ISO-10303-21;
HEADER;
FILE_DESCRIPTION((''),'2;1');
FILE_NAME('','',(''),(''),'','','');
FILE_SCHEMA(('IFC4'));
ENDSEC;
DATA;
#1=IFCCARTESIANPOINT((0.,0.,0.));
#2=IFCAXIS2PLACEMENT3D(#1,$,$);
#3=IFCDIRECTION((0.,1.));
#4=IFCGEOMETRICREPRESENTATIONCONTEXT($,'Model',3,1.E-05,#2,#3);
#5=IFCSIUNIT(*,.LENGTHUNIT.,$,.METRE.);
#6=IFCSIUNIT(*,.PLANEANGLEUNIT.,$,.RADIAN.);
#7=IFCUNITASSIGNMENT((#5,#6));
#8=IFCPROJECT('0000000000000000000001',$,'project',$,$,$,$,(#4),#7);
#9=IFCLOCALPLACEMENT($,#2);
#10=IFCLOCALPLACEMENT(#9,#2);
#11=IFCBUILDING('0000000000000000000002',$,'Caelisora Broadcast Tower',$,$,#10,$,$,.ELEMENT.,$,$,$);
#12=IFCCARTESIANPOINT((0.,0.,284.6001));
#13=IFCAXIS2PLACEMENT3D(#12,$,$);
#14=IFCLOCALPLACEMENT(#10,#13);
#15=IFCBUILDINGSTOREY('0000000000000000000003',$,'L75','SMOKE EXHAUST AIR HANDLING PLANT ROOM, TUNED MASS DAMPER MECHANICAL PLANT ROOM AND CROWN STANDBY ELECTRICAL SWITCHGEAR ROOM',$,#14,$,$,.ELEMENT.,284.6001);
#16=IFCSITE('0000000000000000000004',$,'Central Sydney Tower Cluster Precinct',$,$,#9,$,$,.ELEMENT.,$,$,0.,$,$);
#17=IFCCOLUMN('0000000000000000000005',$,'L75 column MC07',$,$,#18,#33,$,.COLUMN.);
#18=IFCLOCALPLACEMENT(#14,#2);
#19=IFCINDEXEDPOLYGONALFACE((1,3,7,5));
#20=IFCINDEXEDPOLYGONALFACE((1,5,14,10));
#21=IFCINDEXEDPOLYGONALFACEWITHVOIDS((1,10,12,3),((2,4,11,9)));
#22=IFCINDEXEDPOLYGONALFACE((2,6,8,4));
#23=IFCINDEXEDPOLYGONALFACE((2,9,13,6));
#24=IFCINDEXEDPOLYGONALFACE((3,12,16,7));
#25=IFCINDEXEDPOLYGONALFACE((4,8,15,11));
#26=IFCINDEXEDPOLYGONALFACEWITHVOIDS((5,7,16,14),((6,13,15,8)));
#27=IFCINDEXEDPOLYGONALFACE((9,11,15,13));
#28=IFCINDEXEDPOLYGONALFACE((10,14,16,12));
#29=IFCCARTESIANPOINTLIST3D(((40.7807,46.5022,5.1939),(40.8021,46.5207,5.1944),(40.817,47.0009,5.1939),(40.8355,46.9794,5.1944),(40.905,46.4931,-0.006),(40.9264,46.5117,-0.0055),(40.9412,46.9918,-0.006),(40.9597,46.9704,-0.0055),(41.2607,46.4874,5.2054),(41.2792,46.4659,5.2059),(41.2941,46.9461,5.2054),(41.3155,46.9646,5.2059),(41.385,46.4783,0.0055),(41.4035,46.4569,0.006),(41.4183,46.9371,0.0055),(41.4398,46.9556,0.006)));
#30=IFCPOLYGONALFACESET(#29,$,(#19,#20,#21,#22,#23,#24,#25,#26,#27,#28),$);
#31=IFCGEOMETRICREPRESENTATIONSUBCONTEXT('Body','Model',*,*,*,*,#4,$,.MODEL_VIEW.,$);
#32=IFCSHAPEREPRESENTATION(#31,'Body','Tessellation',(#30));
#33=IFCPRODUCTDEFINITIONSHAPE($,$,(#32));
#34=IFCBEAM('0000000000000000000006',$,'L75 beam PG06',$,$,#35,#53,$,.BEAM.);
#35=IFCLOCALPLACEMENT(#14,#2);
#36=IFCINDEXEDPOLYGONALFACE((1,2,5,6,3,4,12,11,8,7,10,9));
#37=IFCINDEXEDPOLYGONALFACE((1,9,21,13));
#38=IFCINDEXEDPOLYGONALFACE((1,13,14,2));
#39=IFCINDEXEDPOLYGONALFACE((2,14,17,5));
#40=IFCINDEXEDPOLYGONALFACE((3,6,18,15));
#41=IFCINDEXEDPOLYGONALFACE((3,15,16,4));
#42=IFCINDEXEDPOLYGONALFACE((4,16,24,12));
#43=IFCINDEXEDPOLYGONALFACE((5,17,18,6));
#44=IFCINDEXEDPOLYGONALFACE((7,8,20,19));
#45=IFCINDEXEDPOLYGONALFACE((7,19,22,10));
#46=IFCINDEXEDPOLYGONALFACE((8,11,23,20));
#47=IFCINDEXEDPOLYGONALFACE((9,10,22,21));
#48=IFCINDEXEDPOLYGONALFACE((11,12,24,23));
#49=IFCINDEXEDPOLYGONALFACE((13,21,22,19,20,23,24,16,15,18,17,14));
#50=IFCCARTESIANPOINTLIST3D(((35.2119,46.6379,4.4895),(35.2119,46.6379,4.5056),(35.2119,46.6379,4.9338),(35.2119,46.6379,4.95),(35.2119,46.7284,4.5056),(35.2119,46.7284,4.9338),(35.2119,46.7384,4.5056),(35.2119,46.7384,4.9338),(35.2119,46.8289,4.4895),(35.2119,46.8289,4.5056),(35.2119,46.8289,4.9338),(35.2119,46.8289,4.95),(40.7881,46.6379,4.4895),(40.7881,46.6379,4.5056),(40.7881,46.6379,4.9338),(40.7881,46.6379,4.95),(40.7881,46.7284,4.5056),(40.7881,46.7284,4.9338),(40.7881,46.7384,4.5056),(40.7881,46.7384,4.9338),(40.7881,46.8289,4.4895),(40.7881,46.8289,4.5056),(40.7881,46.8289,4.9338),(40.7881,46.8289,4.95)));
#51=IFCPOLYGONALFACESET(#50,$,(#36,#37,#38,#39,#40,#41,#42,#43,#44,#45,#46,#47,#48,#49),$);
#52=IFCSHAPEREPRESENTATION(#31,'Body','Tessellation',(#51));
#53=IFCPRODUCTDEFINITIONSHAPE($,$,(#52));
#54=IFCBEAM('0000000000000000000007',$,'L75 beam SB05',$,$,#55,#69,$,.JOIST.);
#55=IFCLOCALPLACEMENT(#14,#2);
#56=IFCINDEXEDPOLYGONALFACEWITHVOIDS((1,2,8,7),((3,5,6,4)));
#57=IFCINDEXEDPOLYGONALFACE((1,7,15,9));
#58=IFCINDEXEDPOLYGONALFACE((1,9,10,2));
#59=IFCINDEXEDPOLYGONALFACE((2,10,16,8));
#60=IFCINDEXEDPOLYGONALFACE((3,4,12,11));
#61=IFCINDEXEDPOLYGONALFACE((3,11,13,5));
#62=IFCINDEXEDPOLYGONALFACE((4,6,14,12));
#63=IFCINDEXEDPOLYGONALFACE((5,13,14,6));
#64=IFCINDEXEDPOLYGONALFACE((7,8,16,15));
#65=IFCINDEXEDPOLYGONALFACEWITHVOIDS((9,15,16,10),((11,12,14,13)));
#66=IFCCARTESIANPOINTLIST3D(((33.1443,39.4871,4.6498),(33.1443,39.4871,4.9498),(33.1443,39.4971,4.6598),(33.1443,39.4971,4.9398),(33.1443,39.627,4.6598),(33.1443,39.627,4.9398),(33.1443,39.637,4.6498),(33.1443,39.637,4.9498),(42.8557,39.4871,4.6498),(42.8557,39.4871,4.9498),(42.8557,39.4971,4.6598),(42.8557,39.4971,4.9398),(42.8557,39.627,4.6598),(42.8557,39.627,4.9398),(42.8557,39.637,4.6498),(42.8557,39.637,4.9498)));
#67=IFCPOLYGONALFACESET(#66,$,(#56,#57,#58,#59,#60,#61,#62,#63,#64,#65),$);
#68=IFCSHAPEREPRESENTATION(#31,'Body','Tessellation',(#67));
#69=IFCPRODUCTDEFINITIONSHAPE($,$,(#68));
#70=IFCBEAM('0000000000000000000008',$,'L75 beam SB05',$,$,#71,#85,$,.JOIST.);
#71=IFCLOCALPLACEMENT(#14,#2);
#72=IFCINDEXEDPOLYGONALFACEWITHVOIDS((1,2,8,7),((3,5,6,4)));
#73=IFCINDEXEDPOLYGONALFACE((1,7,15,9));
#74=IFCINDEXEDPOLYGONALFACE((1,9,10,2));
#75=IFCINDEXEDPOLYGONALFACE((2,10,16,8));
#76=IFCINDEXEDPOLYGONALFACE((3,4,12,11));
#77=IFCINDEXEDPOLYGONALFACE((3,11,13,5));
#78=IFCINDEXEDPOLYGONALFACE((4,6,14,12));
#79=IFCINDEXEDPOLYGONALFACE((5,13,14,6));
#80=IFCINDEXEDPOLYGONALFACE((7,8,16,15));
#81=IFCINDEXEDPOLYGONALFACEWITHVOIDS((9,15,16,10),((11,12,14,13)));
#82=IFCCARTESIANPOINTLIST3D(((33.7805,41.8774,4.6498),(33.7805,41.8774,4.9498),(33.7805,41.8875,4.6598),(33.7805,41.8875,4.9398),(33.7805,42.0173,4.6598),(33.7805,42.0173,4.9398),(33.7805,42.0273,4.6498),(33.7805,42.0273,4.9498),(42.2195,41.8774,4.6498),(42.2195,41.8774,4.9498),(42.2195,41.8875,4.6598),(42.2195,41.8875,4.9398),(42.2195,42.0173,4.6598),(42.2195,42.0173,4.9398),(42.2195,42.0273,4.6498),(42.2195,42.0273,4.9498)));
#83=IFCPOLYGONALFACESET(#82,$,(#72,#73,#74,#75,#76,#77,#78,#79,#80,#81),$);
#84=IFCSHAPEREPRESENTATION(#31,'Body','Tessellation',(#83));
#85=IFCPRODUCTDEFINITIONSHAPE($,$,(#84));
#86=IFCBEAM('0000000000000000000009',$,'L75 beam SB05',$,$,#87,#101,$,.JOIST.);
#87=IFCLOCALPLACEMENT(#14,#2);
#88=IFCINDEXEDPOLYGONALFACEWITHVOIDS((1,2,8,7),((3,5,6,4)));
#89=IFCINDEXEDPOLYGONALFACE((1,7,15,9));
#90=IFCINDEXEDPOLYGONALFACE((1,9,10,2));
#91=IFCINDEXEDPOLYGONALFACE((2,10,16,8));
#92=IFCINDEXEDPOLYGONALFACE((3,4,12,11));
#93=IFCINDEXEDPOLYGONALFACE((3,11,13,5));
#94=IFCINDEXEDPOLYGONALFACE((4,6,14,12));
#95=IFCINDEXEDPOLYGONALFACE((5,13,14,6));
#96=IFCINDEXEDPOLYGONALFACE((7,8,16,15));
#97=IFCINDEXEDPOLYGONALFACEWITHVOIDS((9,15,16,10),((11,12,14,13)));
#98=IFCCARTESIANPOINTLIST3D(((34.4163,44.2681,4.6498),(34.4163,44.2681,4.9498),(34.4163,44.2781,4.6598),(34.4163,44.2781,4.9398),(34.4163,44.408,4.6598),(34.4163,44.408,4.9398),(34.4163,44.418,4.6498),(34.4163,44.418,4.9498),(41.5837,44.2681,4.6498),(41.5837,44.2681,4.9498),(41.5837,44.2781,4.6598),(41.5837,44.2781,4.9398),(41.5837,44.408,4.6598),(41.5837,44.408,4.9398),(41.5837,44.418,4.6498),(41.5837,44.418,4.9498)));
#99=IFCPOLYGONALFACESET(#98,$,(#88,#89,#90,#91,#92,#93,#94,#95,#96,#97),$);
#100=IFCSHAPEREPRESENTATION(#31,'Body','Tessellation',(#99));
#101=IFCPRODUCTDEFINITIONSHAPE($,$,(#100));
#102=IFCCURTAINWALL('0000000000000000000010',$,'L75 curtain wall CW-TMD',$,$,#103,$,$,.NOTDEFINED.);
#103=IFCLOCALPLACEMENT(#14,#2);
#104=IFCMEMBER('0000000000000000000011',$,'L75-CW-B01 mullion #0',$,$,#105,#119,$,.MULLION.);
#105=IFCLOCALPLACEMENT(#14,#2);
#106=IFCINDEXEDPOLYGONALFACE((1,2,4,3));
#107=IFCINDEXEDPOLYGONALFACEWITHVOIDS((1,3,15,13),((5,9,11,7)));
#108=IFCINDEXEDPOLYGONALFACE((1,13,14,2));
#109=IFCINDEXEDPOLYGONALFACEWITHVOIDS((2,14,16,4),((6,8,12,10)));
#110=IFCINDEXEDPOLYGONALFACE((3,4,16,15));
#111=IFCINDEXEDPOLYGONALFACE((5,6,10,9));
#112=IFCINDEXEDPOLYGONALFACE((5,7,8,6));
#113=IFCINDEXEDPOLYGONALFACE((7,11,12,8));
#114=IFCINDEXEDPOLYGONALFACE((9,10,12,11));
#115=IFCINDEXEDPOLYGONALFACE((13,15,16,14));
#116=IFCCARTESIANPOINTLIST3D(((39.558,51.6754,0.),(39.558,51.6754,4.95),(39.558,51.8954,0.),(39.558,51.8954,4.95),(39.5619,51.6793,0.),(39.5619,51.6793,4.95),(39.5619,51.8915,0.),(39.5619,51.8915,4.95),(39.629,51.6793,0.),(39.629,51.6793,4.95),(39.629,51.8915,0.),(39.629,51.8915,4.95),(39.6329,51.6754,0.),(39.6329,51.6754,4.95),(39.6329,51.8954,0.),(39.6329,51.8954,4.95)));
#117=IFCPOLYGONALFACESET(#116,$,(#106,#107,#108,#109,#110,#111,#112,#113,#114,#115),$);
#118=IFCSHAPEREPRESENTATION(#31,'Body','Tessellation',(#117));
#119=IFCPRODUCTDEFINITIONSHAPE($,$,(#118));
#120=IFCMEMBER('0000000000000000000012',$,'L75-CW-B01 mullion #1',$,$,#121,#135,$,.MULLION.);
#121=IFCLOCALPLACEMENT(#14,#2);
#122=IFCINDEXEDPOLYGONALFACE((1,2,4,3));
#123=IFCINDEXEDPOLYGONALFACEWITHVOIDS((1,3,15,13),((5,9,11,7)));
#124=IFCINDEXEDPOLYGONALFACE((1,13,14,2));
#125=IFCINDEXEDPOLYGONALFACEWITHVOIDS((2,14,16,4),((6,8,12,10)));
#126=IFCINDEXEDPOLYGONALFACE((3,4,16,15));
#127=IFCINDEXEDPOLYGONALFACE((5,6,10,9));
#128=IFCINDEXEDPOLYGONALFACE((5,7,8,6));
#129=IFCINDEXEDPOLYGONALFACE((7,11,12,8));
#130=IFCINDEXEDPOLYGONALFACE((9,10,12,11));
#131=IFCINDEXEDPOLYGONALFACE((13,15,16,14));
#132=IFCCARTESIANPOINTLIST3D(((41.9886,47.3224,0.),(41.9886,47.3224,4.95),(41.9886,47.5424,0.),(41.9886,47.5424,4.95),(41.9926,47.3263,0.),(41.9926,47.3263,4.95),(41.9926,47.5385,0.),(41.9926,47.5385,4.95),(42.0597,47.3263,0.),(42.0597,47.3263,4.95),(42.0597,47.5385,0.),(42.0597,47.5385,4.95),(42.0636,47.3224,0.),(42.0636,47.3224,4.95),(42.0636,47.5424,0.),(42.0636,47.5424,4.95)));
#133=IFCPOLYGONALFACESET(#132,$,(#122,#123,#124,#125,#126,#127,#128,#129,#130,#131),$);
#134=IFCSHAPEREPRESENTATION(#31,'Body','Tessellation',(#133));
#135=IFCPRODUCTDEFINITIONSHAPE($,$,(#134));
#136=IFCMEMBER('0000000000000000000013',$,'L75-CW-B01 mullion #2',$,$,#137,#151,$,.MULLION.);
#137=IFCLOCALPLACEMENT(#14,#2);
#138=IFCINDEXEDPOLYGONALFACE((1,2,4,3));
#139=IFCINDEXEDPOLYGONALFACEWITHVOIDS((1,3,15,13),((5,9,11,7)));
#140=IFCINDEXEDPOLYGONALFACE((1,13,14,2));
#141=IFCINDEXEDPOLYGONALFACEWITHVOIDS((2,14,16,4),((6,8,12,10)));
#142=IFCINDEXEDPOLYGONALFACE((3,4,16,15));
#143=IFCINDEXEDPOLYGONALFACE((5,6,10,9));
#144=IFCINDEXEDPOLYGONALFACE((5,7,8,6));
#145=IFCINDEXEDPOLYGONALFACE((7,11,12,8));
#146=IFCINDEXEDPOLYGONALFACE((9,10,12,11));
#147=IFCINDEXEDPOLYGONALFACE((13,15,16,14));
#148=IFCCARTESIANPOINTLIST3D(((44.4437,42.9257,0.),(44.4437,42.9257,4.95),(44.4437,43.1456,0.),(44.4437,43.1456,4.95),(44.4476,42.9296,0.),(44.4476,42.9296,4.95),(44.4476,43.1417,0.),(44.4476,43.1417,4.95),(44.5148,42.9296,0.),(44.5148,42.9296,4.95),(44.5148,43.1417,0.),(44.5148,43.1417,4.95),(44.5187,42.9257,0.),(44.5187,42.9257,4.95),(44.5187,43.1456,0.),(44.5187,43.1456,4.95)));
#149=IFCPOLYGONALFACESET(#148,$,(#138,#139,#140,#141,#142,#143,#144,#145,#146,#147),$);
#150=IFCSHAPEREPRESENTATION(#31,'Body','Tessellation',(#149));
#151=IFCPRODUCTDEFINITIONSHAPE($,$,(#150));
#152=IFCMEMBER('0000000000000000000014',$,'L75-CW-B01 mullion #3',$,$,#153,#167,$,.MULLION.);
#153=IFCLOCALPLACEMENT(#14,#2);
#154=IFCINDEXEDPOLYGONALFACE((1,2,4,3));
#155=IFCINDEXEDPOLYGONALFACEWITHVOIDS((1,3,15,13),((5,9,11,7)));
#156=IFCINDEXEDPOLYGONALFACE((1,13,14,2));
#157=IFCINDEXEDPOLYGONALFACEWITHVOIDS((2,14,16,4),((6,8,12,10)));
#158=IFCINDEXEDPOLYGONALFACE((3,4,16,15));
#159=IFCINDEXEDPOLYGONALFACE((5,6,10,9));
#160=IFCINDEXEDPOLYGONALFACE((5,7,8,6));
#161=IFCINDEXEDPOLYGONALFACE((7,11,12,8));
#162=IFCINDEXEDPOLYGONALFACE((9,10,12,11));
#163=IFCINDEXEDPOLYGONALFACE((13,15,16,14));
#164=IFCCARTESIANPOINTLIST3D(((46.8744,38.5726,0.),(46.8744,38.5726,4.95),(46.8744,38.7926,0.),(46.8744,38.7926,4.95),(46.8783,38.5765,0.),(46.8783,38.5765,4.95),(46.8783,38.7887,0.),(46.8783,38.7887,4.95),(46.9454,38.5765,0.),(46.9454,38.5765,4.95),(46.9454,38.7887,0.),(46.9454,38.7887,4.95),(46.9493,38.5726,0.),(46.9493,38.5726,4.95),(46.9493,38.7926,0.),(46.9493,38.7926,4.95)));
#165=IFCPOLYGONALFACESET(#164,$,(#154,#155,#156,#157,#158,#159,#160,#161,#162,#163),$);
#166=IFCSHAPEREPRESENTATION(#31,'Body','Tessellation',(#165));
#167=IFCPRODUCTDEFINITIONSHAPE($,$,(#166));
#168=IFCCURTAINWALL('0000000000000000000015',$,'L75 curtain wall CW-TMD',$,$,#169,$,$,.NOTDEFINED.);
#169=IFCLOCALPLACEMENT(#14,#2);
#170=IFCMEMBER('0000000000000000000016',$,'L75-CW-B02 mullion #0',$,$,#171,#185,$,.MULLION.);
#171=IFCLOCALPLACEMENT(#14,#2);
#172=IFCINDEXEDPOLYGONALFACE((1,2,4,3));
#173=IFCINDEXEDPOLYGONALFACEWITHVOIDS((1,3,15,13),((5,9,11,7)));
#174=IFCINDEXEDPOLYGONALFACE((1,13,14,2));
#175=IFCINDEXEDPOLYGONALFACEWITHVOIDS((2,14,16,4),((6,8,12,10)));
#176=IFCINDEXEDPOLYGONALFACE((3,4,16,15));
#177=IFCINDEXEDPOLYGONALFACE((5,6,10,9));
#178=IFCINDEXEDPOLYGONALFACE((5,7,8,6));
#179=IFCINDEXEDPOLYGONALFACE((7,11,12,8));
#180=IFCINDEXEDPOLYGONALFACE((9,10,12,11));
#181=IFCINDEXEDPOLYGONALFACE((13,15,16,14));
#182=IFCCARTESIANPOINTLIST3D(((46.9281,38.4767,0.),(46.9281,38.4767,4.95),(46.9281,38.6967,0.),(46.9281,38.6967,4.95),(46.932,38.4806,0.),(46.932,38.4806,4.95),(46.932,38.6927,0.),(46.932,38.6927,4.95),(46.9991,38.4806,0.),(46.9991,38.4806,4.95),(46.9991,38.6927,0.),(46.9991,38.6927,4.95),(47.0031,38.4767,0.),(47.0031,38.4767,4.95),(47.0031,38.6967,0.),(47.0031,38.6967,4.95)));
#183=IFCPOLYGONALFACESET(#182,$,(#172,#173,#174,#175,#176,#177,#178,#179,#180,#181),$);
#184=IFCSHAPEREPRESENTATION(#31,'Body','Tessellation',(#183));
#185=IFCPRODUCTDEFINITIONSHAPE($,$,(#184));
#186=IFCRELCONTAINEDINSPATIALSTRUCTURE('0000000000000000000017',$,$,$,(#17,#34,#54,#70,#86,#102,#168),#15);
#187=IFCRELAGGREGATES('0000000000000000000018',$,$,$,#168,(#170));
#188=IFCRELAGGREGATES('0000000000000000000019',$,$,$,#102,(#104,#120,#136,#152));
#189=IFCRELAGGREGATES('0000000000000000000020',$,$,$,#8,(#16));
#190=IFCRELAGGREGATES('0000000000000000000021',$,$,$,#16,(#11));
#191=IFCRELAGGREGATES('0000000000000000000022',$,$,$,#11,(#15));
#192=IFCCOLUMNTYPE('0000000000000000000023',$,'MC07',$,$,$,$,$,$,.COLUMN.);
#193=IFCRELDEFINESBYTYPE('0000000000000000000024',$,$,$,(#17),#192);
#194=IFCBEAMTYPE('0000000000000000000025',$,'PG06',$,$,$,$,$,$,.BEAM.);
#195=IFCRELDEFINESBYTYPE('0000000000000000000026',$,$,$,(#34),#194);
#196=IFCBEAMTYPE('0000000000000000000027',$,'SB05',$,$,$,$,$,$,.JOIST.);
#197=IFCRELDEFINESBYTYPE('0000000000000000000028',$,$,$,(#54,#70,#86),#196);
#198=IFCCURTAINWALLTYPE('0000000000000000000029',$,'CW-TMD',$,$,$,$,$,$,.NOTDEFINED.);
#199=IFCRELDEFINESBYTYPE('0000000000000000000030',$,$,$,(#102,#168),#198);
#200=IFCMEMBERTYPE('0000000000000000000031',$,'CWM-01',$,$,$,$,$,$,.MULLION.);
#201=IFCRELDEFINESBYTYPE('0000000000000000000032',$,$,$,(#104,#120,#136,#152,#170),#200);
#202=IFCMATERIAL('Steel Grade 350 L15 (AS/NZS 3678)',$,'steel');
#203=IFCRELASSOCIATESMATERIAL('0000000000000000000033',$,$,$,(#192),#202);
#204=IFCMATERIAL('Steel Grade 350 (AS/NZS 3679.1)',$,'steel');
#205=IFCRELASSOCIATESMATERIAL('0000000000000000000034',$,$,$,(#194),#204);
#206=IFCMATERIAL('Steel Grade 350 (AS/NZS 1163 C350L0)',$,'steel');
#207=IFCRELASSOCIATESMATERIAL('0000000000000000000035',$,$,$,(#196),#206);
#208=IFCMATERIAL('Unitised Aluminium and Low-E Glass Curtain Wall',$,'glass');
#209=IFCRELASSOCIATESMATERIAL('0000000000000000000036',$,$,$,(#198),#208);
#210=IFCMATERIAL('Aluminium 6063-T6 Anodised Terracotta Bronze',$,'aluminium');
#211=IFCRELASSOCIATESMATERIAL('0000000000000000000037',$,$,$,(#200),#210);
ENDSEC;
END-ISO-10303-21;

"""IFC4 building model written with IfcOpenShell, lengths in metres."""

from ifc_helpers import new_model, si_unit, direction, frame, origin, origin_2d, place, context, subcontext, project, spatial, hollow_rectangle, i_section, extrude, source, transform, mapped, material, material_profile, profile_set, type_object, type_shapes, element, aggregate, save


model = new_model("IFC4")

# Units and contexts
model_context = context("Model", 3, precision=1e-05, world=origin(), true_north=direction((0.0, 1.0)))
body_context = subcontext(model_context, "Body", "Model", "MODEL_VIEW")
ifc_project = project(units=[si_unit("LENGTHUNIT", "METRE"), si_unit("PLANEANGLEUNIT", "RADIAN")], contexts=[model_context])

# Site, building, storey
site_placement = place(None, origin())
site = spatial("IfcSite", under=ifc_project, at=site_placement, Name="Central Sydney Tower Cluster Precinct", CompositionType="ELEMENT", RefElevation=0.0)
building_placement = place(site_placement, origin())
building = spatial("IfcBuilding", under=site, at=building_placement, Name="Caelisora Broadcast Tower", CompositionType="ELEMENT")
storey_placement = place(building_placement, frame((0.0, 0.0, 284.6001)))
storey = spatial("IfcBuildingStorey", under=building, at=storey_placement, Name="L75", Description="SMOKE EXHAUST AIR HANDLING PLANT ROOM, TUNED MASS DAMPER MECHANICAL PLANT ROOM AND CROWN STANDBY ELECTRICAL SWITCHGEAR ROOM", CompositionType="ELEMENT", Elevation=284.6001)

# Column
ifc_material_1 = material(Name="Steel Grade 350 L15 (AS/NZS 3678)", Category="steel")
ifc_material_profile_1 = material_profile(ifc_material_1, hollow_rectangle(XDim=0.5, YDim=0.5, WallThickness=0.02, at=origin_2d()), Name="Steel Grade 350 L15 (AS/NZS 3678)")
ifc_profile_set_1 = profile_set([ifc_material_profile_1], Name="Steel Grade 350 L15 (AS/NZS 3678)")
column_type = type_object("IfcColumnType", Name="MC07", PredefinedType="COLUMN", material=ifc_profile_set_1)
shared_shape_1 = source(origin(), body_context, "Body", "SweptSolid", [
    extrude(hollow_rectangle(XDim=0.5, YDim=0.5, WallThickness=0.02, at=origin_2d()), origin(), (0.0, 0.0, 1.0), 5.2014),
])
type_shapes(column_type, [shared_shape_1])
column_placement = place(storey_placement, frame((41.1724, 46.7244, 0.0), z_axis=(-0.023891, 0.001737, 0.999713), x_axis=(-0.0725, -0.997368, 0.0)))
element("IfcColumn", 1, at=column_placement, inside=storey, type_object=column_type, Name="L75 column MC07", PredefinedType="COLUMN", context=body_context, shape_type="MappedRepresentation", body=[
    mapped(shared_shape_1, transform((0.0, 0.0, 0.0), scale=1.0)),
])

# Beams
ifc_material_2 = material(Name="Steel Grade 350 (AS/NZS 3679.1)", Category="steel")
ifc_material_profile_2 = material_profile(ifc_material_2, i_section(OverallWidth=0.1909, OverallDepth=0.4604, WebThickness=0.01, FlangeThickness=0.0161, at=origin_2d()), Name="Steel Grade 350 (AS/NZS 3679.1)")
ifc_profile_set_2 = profile_set([ifc_material_profile_2], Name="Steel Grade 350 (AS/NZS 3679.1)")
beam_type_1 = type_object("IfcBeamType", Name="PG06", PredefinedType="BEAM", material=ifc_profile_set_2)
shared_shape_2 = source(origin(), body_context, "Body", "SweptSolid", [
    extrude(i_section(OverallWidth=0.1909, OverallDepth=0.4604, WebThickness=0.01, FlangeThickness=0.0161, at=origin_2d()), origin(), (0.0, 0.0, 1.0), 5.5762),
])
type_shapes(beam_type_1, [shared_shape_2])
beam_1_placement = place(storey_placement, frame((40.7881, 46.7334, 4.7197), z_axis=(-1.0, 0.0, 0.0), x_axis=(0.0, -1.0, 0.0)))
element("IfcBeam", 2, at=beam_1_placement, inside=storey, type_object=beam_type_1, Name="L75 beam PG06", PredefinedType="BEAM", context=body_context, shape_type="MappedRepresentation", body=[
    mapped(shared_shape_2, transform((0.0, 0.0, 0.0), scale=1.0)),
])
ifc_material_3 = material(Name="Steel Grade 350 (AS/NZS 1163 C350L0)", Category="steel")
ifc_material_profile_3 = material_profile(ifc_material_3, hollow_rectangle(XDim=0.1499, YDim=0.3, WallThickness=0.01, at=origin_2d()), Name="Steel Grade 350 (AS/NZS 1163 C350L0)")
ifc_profile_set_3 = profile_set([ifc_material_profile_3], Name="Steel Grade 350 (AS/NZS 1163 C350L0)")
beam_type_2 = type_object("IfcBeamType", Name="SB05", PredefinedType="JOIST", material=ifc_profile_set_3)
shared_shape_3 = source(origin(), body_context, "Body", "SweptSolid", [
    extrude(hollow_rectangle(XDim=0.1499, YDim=0.3, WallThickness=0.01, at=origin_2d()), origin(), (0.0, 0.0, 1.0), 9.7114),
])
beam_2_placement = place(storey_placement, frame((42.8557, 39.562, 4.7998), z_axis=(-1.0, 0.0, 0.0), x_axis=(0.0, -1.0, 0.0)))
element("IfcBeam", 3, at=beam_2_placement, inside=storey, type_object=beam_type_2, Name="L75 beam SB05", PredefinedType="JOIST", context=body_context, shape_type="MappedRepresentation", body=[
    mapped(shared_shape_3, transform((0.0, 0.0, 0.0), scale=1.0)),
])
shared_shape_4 = source(origin(), body_context, "Body", "SweptSolid", [
    extrude(hollow_rectangle(XDim=0.1499, YDim=0.3, WallThickness=0.01, at=origin_2d()), origin(), (0.0, 0.0, 1.0), 8.439),
])
beam_3_placement = place(storey_placement, frame((42.2195, 41.9524, 4.7998), z_axis=(-1.0, 0.0, 0.0), x_axis=(0.0, -1.0, 0.0)))
element("IfcBeam", 4, at=beam_3_placement, inside=storey, type_object=beam_type_2, Name="L75 beam SB05", PredefinedType="JOIST", context=body_context, shape_type="MappedRepresentation", body=[
    mapped(shared_shape_4, transform((0.0, 0.0, 0.0), scale=1.0)),
])
shared_shape_5 = source(origin(), body_context, "Body", "SweptSolid", [
    extrude(hollow_rectangle(XDim=0.1499, YDim=0.3, WallThickness=0.01, at=origin_2d()), origin(), (0.0, 0.0, 1.0), 7.1675),
])
type_shapes(beam_type_2, [shared_shape_3, shared_shape_4, shared_shape_5])
beam_4_placement = place(storey_placement, frame((41.5837, 44.343, 4.7998), z_axis=(-1.0, 0.0, 0.0), x_axis=(0.0, -1.0, 0.0)))
element("IfcBeam", 5, at=beam_4_placement, inside=storey, type_object=beam_type_2, Name="L75 beam SB05", PredefinedType="JOIST", context=body_context, shape_type="MappedRepresentation", body=[
    mapped(shared_shape_5, transform((0.0, 0.0, 0.0), scale=1.0)),
])

# Curtain wall, members
ifc_material_4 = material(Name="Unitised Aluminium and Low-E Glass Curtain Wall", Category="glass")
curtain_wall_type = type_object("IfcCurtainWallType", Name="CW-TMD", PredefinedType="NOTDEFINED", material=ifc_material_4)
curtain_wall_1_placement = place(storey_placement, origin())
curtain_wall_1 = element("IfcCurtainWall", 6, at=curtain_wall_1_placement, inside=storey, type_object=curtain_wall_type, Name="L75 curtain wall CW-TMD", PredefinedType="NOTDEFINED")
ifc_material_5 = material(Name="Aluminium 6063-T6 Anodised Terracotta Bronze", Category="aluminium")
ifc_material_profile_4 = material_profile(ifc_material_5, hollow_rectangle(XDim=0.075, YDim=0.22, WallThickness=0.0039, at=origin_2d()), Name="Aluminium 6063-T6 Anodised Terracotta Bronze")
ifc_profile_set_4 = profile_set([ifc_material_profile_4], Name="Aluminium 6063-T6 Anodised Terracotta Bronze")
member_type_1 = type_object("IfcMemberType", Name="CWM-01", PredefinedType="MULLION", material=ifc_profile_set_4)
shared_shape_6 = source(origin(), body_context, "Body", "SweptSolid", [
    extrude(hollow_rectangle(XDim=0.075, YDim=0.22, WallThickness=0.0039, at=origin_2d()), origin(), (0.0, 0.0, 1.0), 4.95),
])
type_shapes(member_type_1, [shared_shape_6])
member_1_placement = place(storey_placement, frame((39.5955, 51.7854, 0.0), z_axis=(0.0, 0.0, 1.0), x_axis=(1.0, 0.0, 0.0)))
member_1 = element("IfcMember", 7, at=member_1_placement, type_object=member_type_1, Name="L75-CW-B01 mullion #0", PredefinedType="MULLION", context=body_context, shape_type="MappedRepresentation", body=[
    mapped(shared_shape_6, transform((0.0, 0.0, 0.0), scale=1.0)),
])
member_2_placement = place(storey_placement, frame((42.0261, 47.4324, 0.0), z_axis=(0.0, 0.0, 1.0), x_axis=(1.0, 0.0, 0.0)))
member_2 = element("IfcMember", 8, at=member_2_placement, type_object=member_type_1, Name="L75-CW-B01 mullion #1", PredefinedType="MULLION", context=body_context, shape_type="MappedRepresentation", body=[
    mapped(shared_shape_6, transform((0.0, 0.0, 0.0), scale=1.0)),
])
member_3_placement = place(storey_placement, frame((44.4812, 43.0356, 0.0), z_axis=(0.0, 0.0, 1.0), x_axis=(1.0, 0.0, 0.0)))
member_3 = element("IfcMember", 9, at=member_3_placement, type_object=member_type_1, Name="L75-CW-B01 mullion #2", PredefinedType="MULLION", context=body_context, shape_type="MappedRepresentation", body=[
    mapped(shared_shape_6, transform((0.0, 0.0, 0.0), scale=1.0)),
])
member_4_placement = place(storey_placement, frame((46.9119, 38.6826, 0.0), z_axis=(0.0, 0.0, 1.0), x_axis=(1.0, 0.0, 0.0)))
member_4 = element("IfcMember", 10, at=member_4_placement, type_object=member_type_1, Name="L75-CW-B01 mullion #3", PredefinedType="MULLION", context=body_context, shape_type="MappedRepresentation", body=[
    mapped(shared_shape_6, transform((0.0, 0.0, 0.0), scale=1.0)),
])

# Curtain wall, member
curtain_wall_2_placement = place(storey_placement, origin())
curtain_wall_2 = element("IfcCurtainWall", 11, at=curtain_wall_2_placement, inside=storey, type_object=curtain_wall_type, Name="L75 curtain wall CW-TMD", PredefinedType="NOTDEFINED")
member_5_placement = place(storey_placement, frame((46.9656, 38.5867, 0.0), z_axis=(0.0, 0.0, 1.0), x_axis=(1.0, 0.0, 0.0)))
member_5 = element("IfcMember", 12, at=member_5_placement, type_object=member_type_1, Name="L75-CW-B02 mullion #0", PredefinedType="MULLION", context=body_context, shape_type="MappedRepresentation", body=[
    mapped(shared_shape_6, transform((0.0, 0.0, 0.0), scale=1.0)),
])

aggregate(curtain_wall_2, [member_5])

aggregate(curtain_wall_1, [member_1, member_2, member_3, member_4])

save(model, "model.ifc")
